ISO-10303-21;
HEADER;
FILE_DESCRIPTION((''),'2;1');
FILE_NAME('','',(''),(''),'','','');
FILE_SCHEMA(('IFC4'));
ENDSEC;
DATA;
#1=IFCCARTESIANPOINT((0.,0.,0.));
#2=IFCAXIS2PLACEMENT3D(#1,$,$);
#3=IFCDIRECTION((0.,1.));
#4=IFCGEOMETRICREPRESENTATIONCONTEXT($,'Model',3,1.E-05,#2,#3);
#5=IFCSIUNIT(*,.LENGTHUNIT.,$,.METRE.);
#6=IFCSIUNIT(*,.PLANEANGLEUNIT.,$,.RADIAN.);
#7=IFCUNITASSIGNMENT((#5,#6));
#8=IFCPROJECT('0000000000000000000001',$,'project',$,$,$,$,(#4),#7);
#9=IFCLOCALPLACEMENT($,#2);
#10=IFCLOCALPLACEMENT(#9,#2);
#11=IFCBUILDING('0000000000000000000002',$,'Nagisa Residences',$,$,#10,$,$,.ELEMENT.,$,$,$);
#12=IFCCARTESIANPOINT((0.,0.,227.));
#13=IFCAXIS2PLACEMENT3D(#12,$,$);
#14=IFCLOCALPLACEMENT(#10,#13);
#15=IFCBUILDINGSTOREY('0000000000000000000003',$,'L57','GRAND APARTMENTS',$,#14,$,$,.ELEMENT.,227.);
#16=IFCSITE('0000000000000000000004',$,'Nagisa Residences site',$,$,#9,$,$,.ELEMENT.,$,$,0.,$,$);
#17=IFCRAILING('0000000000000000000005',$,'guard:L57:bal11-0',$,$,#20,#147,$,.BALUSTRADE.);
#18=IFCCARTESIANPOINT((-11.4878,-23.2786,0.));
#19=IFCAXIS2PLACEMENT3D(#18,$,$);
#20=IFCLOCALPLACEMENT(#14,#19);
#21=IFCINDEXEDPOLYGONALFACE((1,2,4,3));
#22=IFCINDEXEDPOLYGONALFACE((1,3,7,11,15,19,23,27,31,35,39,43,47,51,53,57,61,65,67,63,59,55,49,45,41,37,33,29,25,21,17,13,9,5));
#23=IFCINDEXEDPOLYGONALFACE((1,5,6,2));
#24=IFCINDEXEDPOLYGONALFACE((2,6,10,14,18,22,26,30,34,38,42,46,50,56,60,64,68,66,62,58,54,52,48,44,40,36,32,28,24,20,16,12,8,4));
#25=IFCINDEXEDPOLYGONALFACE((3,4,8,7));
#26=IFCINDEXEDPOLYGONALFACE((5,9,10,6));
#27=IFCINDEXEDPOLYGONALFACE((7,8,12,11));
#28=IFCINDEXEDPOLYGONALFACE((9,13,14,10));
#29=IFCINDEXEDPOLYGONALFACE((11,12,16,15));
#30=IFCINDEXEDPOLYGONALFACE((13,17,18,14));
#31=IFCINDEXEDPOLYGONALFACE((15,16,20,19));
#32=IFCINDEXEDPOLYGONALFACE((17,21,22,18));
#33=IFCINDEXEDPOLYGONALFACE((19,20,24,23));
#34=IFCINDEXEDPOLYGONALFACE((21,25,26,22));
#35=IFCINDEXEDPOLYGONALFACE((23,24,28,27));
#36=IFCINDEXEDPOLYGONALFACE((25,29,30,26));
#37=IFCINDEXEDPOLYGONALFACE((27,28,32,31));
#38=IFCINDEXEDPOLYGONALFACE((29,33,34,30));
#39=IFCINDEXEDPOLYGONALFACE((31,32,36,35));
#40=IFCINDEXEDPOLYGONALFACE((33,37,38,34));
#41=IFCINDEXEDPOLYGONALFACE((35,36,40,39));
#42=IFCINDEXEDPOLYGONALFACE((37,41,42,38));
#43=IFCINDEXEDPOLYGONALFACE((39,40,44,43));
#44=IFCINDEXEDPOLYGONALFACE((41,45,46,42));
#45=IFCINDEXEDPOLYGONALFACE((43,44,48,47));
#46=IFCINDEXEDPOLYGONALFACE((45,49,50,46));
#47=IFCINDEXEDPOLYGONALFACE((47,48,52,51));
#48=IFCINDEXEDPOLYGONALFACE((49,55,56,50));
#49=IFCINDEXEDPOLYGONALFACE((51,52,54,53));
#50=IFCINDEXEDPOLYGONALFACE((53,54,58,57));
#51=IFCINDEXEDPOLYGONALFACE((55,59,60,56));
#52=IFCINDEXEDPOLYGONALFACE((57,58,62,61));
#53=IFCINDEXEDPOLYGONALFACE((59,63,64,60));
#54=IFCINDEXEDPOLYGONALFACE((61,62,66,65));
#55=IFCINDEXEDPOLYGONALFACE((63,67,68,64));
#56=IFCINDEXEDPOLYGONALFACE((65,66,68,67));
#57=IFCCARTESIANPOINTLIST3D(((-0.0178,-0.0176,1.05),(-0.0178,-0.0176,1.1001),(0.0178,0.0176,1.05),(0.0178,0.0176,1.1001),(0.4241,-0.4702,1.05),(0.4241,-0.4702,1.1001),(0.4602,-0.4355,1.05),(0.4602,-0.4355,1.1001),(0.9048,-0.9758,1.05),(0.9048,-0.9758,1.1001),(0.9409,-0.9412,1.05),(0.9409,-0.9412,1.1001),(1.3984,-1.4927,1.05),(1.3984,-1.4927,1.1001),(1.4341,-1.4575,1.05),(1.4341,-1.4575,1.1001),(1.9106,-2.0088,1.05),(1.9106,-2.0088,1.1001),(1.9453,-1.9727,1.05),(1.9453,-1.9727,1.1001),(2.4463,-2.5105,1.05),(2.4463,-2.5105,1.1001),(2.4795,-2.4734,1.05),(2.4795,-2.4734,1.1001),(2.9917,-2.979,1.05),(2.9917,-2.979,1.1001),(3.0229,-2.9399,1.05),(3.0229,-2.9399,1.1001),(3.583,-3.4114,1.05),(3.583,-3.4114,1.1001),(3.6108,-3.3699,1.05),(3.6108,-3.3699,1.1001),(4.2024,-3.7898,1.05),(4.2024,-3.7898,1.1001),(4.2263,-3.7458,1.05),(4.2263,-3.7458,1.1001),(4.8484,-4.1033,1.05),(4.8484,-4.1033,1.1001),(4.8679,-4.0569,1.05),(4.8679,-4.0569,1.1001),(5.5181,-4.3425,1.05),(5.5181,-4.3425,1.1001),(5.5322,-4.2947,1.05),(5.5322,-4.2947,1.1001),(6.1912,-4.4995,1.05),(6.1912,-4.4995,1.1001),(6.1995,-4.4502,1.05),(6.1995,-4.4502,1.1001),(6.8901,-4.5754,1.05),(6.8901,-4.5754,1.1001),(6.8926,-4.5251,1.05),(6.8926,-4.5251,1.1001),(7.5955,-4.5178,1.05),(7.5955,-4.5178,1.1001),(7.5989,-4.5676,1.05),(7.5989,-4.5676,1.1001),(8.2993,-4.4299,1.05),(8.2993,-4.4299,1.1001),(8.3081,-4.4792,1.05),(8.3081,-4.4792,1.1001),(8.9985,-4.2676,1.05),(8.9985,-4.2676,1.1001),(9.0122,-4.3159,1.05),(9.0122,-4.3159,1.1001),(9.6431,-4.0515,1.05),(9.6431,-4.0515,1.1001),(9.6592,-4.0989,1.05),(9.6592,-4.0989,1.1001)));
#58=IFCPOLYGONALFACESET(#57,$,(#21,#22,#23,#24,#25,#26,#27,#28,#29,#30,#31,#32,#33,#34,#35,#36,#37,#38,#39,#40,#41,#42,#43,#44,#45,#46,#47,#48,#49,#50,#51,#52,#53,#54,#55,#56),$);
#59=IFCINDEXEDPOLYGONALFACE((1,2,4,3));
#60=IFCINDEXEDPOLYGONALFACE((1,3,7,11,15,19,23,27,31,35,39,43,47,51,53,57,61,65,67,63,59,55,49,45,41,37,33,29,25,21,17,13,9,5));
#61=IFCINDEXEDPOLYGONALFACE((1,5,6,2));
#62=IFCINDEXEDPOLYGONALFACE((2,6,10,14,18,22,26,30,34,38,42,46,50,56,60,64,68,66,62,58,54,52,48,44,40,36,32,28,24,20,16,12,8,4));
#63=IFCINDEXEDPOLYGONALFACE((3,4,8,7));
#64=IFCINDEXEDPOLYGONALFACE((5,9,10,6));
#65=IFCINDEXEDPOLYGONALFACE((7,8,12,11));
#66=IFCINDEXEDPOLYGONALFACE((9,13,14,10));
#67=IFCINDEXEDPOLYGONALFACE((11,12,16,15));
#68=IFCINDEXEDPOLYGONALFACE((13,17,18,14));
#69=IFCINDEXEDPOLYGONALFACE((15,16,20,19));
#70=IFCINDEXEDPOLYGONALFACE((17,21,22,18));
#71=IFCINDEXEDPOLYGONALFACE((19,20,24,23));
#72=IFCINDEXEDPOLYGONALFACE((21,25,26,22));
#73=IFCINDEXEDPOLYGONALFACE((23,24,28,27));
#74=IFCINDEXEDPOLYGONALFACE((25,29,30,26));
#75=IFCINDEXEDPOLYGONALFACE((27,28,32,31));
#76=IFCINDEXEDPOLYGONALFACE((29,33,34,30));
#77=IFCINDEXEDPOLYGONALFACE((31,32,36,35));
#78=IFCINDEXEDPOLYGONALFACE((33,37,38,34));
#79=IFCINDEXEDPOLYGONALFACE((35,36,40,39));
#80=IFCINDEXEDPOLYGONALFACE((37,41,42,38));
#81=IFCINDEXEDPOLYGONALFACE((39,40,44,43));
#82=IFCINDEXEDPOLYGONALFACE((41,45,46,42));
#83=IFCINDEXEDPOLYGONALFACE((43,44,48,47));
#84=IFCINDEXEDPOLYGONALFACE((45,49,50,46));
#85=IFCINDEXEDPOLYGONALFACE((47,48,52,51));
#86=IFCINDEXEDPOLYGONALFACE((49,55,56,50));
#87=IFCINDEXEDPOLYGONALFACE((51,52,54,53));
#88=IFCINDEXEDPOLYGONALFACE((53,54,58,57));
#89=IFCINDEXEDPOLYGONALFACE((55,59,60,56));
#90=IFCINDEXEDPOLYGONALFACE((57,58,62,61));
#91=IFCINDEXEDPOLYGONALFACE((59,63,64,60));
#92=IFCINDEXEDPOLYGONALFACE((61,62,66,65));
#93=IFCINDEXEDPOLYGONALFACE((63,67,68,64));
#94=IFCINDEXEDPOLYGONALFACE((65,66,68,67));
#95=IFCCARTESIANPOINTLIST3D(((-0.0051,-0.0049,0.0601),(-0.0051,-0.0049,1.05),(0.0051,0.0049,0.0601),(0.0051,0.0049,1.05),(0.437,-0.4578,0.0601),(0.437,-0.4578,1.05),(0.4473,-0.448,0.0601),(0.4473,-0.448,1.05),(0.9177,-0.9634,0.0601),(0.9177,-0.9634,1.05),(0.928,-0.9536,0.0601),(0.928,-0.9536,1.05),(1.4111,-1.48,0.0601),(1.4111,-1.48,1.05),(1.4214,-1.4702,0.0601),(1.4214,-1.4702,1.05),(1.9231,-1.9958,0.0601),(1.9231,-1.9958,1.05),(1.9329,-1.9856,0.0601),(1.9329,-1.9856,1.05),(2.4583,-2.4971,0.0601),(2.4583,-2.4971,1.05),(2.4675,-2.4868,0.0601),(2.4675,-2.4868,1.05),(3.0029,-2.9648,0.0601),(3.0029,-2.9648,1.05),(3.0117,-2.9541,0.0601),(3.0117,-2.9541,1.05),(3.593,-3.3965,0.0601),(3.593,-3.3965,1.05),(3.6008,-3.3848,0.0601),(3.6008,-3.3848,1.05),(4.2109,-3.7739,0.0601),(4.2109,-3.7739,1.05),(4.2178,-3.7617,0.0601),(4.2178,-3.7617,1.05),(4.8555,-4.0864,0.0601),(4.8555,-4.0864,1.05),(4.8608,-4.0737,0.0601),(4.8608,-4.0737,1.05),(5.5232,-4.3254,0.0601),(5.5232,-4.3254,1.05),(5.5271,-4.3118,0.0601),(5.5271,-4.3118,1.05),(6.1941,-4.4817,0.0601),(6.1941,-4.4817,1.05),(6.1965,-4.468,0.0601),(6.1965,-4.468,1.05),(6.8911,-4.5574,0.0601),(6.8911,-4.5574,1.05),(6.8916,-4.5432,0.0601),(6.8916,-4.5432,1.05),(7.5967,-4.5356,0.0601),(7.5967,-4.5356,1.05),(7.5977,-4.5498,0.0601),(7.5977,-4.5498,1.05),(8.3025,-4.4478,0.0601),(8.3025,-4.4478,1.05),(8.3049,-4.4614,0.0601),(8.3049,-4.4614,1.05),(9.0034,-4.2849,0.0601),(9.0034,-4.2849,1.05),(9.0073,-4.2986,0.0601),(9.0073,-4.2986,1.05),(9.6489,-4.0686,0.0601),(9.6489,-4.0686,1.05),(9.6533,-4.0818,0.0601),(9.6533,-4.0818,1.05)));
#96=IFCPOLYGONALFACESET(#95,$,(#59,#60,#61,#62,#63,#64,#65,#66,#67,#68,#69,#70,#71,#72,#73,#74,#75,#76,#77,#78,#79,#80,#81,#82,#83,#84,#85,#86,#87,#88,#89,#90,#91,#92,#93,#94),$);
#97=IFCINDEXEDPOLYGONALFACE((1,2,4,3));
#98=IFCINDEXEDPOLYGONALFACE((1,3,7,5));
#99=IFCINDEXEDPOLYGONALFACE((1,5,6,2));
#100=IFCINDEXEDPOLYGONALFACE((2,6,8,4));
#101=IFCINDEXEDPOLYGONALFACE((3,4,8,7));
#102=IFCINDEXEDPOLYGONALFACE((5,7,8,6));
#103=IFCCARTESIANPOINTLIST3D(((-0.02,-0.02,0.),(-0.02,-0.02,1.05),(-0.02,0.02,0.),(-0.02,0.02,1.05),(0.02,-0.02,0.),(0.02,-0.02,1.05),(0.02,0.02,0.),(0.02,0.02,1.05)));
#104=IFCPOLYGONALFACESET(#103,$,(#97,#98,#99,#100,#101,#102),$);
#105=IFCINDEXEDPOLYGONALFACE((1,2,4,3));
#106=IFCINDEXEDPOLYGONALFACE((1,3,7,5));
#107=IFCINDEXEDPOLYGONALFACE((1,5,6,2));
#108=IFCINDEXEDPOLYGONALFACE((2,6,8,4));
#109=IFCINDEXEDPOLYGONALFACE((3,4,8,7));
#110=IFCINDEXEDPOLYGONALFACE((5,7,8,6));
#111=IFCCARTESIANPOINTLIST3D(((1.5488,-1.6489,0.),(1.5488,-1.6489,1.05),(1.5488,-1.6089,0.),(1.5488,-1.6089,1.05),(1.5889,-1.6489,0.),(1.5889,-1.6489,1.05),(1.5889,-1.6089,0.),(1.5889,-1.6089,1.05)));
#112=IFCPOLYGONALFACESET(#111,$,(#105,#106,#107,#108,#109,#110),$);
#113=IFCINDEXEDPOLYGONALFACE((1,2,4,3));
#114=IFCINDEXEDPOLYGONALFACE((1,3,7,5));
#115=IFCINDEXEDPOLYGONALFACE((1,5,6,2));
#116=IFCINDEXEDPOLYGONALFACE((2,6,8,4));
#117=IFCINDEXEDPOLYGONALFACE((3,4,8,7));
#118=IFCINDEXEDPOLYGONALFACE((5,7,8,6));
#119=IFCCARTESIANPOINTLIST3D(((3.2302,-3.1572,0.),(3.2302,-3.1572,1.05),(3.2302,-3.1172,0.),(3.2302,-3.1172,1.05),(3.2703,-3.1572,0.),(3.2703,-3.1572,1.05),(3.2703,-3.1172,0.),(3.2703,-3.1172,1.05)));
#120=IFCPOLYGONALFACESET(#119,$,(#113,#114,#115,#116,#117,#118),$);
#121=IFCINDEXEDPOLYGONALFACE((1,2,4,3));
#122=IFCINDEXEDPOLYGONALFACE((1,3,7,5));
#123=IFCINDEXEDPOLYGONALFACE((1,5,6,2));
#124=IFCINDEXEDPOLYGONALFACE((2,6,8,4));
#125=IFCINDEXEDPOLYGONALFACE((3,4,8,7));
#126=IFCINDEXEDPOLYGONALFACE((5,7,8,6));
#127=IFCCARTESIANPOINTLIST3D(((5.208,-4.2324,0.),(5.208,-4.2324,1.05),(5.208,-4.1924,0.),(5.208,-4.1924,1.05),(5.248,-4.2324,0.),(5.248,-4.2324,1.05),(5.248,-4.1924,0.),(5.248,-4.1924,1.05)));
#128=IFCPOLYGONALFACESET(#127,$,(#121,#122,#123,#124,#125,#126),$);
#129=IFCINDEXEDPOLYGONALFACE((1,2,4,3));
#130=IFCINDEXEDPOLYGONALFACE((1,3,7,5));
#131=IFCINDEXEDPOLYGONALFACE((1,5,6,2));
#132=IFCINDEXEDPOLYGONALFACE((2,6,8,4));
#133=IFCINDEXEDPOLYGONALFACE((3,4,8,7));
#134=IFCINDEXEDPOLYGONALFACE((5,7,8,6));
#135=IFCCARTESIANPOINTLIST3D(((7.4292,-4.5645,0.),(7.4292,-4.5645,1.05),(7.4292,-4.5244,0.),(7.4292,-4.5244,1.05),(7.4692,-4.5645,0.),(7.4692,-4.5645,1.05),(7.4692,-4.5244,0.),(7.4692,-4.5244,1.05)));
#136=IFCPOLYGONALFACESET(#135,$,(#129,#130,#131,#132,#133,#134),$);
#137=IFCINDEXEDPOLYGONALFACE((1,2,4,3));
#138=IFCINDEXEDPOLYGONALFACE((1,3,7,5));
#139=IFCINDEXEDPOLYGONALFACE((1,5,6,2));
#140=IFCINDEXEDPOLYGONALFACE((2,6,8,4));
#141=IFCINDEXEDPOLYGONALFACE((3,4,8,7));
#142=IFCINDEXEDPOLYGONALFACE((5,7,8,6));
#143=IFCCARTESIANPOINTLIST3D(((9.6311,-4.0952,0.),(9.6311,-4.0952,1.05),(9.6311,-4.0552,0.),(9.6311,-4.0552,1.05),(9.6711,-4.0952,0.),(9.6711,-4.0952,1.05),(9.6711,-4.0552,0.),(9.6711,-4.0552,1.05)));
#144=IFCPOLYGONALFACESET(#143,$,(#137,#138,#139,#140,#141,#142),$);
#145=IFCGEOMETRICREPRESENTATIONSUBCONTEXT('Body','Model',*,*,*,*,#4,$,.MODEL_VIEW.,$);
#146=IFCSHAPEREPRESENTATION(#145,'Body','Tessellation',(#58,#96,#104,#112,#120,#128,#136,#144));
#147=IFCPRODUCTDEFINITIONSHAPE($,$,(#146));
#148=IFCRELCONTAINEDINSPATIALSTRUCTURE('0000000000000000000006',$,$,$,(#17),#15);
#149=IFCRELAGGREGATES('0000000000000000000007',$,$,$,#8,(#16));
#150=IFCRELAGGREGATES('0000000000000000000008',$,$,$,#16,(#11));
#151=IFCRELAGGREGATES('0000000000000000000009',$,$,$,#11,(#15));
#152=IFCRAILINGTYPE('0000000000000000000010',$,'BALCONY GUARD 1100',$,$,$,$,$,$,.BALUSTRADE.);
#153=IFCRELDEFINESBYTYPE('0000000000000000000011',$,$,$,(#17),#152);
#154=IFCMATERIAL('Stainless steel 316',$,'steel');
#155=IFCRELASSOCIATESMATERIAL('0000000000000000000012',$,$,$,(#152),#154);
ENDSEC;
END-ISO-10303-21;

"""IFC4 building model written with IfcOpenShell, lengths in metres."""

from ifc_helpers import new_model, si_unit, direction, frame, origin, origin_2d, place, context, subcontext, project, spatial, polyline, rectangle, outline, extrude, material, type_object, element, save


model = new_model("IFC4")

# Units and contexts
model_context = context("Model", 3, precision=1e-05, world=origin(), true_north=direction((0.0, 1.0)))
body_context = subcontext(model_context, "Body", "Model", "MODEL_VIEW")
ifc_project = project(units=[si_unit("LENGTHUNIT", "METRE"), si_unit("PLANEANGLEUNIT", "RADIAN")], contexts=[model_context])

# Site, building, storey
site_placement = place(None, origin())
site = spatial("IfcSite", under=ifc_project, at=site_placement, Name="Nagisa Residences site", CompositionType="ELEMENT", RefElevation=0.0)
building_placement = place(site_placement, origin())
building = spatial("IfcBuilding", under=site, at=building_placement, Name="Nagisa Residences", CompositionType="ELEMENT")
storey_placement = place(building_placement, frame((0.0, 0.0, 227.0)))
storey = spatial("IfcBuildingStorey", under=building, at=storey_placement, Name="L57", Description="GRAND APARTMENTS", CompositionType="ELEMENT", Elevation=227.0)

# Railing
ifc_material_1 = material(Name="Stainless steel 316", Category="steel")
railing_type = type_object("IfcRailingType", Name="BALCONY GUARD 1100", PredefinedType="BALUSTRADE", material=ifc_material_1)
railing_1_placement = place(storey_placement, frame((-11.4878, -23.2786, 0.0)))
element("IfcRailing", 1, at=railing_1_placement, inside=storey, type_object=railing_type, Name="guard:L57:bal11-0", PredefinedType="BALUSTRADE", context=body_context, shape_type="SweptSolid", body=[
    extrude(outline(polyline([(0.4602, -0.4355), (0.0178, 0.0176), (-0.0178, -0.0176), (0.4241, -0.4702), (0.9048, -0.9758), (1.3984, -1.4927), (1.9106, -2.0088), (2.4463, -2.5105), (2.9917, -2.979), (3.583, -3.4114), (4.2024, -3.7898), (4.8484, -4.1033), (5.5181, -4.3425), (6.1912, -4.4995), (6.8901, -4.5754), (7.5989, -4.5676), (8.3081, -4.4792), (9.0122, -4.3159), (9.6592, -4.0989), (9.6431, -4.0515), (8.9985, -4.2676), (8.2993, -4.4299), (7.5955, -4.5178), (6.8926, -4.5251), (6.1995, -4.4502), (5.5322, -4.2947), (4.8679, -4.0569), (4.2263, -3.7458), (3.6108, -3.3699), (3.0229, -2.9399), (2.4795, -2.4734), (1.9453, -1.9727), (1.4341, -1.4575), (0.9409, -0.9412), (0.4602, -0.4355)])), frame((0.0, 0.0, 1.05)), (0.0, 0.0, 1.0), 0.05),
    extrude(outline(polyline([(0.4473, -0.448), (0.0051, 0.0049), (-0.0051, -0.0049), (0.437, -0.4578), (0.9177, -0.9634), (1.4111, -1.48), (1.9231, -1.9958), (2.4583, -2.4971), (3.0029, -2.9648), (3.593, -3.3965), (4.2109, -3.7739), (4.8555, -4.0864), (5.5232, -4.3254), (6.1941, -4.4817), (6.8911, -4.5574), (7.5977, -4.5498), (8.3049, -4.4614), (9.0073, -4.2986), (9.6533, -4.0818), (9.6489, -4.0686), (9.0034, -4.2849), (8.3025, -4.4478), (7.5967, -4.5356), (6.8916, -4.5432), (6.1965, -4.468), (5.5271, -4.3118), (4.8608, -4.0737), (4.2178, -3.7617), (3.6008, -3.3848), (3.0117, -2.9541), (2.4675, -2.4868), (1.9329, -1.9856), (1.4214, -1.4702), (0.928, -0.9536), (0.4473, -0.448)])), frame((0.0, 0.0, 0.0601)), (0.0, 0.0, 1.0), 0.99),
    extrude(rectangle(XDim=0.04, YDim=0.04, at=origin_2d()), origin(), (0.0, 0.0, 1.0), 1.05),
    extrude(rectangle(XDim=0.04, YDim=0.04, at=origin_2d()), frame((1.5688, -1.6289, 0.0)), (0.0, 0.0, 1.0), 1.05),
    extrude(rectangle(XDim=0.04, YDim=0.04, at=origin_2d()), frame((3.2502, -3.1372, 0.0)), (0.0, 0.0, 1.0), 1.05),
    extrude(rectangle(XDim=0.04, YDim=0.04, at=origin_2d()), frame((5.228, -4.2124, 0.0)), (0.0, 0.0, 1.0), 1.05),
    extrude(rectangle(XDim=0.04, YDim=0.04, at=origin_2d()), frame((7.4492, -4.5444, 0.0)), (0.0, 0.0, 1.0), 1.05),
    extrude(rectangle(XDim=0.04, YDim=0.04, at=origin_2d()), frame((9.6511, -4.0752, 0.0)), (0.0, 0.0, 1.0), 1.05),
])

save(model, "model.ifc")
